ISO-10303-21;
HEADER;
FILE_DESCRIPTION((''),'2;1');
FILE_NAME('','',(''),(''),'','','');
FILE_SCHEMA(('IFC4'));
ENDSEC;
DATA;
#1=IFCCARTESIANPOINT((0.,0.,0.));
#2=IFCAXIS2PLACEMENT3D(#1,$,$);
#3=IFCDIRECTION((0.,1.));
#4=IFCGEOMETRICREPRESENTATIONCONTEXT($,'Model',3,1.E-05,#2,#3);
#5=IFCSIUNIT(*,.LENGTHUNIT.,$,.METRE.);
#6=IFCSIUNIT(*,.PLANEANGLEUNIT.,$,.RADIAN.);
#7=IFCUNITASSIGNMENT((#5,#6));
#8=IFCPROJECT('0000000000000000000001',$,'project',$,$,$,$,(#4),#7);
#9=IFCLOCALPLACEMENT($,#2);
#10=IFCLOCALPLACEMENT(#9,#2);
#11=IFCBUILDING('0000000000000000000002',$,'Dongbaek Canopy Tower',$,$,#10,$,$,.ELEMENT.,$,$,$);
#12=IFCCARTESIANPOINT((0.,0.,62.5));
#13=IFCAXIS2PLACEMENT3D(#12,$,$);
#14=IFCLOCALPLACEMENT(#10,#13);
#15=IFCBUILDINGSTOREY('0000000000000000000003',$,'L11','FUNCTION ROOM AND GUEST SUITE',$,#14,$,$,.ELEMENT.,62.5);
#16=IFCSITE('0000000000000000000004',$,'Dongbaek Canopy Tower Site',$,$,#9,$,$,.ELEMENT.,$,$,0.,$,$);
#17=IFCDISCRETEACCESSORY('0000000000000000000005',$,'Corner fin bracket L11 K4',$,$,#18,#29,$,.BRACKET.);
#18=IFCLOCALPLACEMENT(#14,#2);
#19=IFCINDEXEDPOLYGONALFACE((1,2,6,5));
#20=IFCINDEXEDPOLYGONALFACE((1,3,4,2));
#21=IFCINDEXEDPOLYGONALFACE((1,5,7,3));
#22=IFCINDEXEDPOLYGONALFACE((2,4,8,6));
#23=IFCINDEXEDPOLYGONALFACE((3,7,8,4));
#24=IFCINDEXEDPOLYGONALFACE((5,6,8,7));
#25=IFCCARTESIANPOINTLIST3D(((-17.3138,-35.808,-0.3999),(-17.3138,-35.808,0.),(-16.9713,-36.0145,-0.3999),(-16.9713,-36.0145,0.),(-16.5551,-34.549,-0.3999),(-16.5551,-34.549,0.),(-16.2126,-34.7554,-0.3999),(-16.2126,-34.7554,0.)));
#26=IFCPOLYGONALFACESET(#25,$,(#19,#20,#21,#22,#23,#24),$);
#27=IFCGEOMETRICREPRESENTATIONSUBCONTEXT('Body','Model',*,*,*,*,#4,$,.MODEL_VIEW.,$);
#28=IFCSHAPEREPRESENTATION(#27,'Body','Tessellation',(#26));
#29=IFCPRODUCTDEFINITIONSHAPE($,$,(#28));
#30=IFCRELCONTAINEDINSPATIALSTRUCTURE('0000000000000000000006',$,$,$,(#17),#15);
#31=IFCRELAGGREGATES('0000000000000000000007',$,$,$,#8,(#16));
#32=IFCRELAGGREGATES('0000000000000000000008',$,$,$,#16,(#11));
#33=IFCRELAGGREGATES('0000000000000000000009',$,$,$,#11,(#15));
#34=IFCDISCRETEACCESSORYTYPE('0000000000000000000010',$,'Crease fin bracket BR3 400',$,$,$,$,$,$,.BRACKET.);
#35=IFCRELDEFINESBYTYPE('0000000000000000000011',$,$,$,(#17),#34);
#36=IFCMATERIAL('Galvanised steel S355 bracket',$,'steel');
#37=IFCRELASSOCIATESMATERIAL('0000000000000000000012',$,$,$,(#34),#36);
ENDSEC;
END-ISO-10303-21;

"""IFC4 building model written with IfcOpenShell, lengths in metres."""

from ifc_helpers import new_model, si_unit, direction, frame, origin, origin_2d, place, context, subcontext, project, spatial, rectangle, extrude, material, type_object, element, save


model = new_model("IFC4")

# Units and contexts
model_context = context("Model", 3, precision=1e-05, world=origin(), true_north=direction((0.0, 1.0)))
body_context = subcontext(model_context, "Body", "Model", "MODEL_VIEW")
ifc_project = project(units=[si_unit("LENGTHUNIT", "METRE"), si_unit("PLANEANGLEUNIT", "RADIAN")], contexts=[model_context])

# Site, building, storey
site_placement = place(None, origin())
site = spatial("IfcSite", under=ifc_project, at=site_placement, Name="Dongbaek Canopy Tower Site", CompositionType="ELEMENT", RefElevation=0.0)
building_placement = place(site_placement, origin())
building = spatial("IfcBuilding", under=site, at=building_placement, Name="Dongbaek Canopy Tower", CompositionType="ELEMENT")
storey_placement = place(building_placement, frame((0.0, 0.0, 62.5)))
storey = spatial("IfcBuildingStorey", under=building, at=storey_placement, Name="L11", Description="FUNCTION ROOM AND GUEST SUITE", CompositionType="ELEMENT", Elevation=62.5)

# Discrete accessory
ifc_material_1 = material(Name="Galvanised steel S355 bracket", Category="steel")
discrete_accessory_type = type_object("IfcDiscreteAccessoryType", Name="Crease fin bracket BR3 400", PredefinedType="BRACKET", material=ifc_material_1)
discrete_accessory_placement = place(storey_placement, frame((-16.7632, -35.2817, -0.3999), z_axis=(0.0, 0.0, 1.0), x_axis=(-0.51617, -0.856486, 0.0)))
element("IfcDiscreteAccessory", 1, at=discrete_accessory_placement, inside=storey, type_object=discrete_accessory_type, Name="Corner fin bracket L11 K4", PredefinedType="BRACKET", context=body_context, shape_type="SweptSolid", body=[
    extrude(rectangle(XDim=1.47, YDim=0.3999, at=origin_2d()), origin(), (0.0, 0.0, 1.0), 0.3999),
])

save(model, "model.ifc")
